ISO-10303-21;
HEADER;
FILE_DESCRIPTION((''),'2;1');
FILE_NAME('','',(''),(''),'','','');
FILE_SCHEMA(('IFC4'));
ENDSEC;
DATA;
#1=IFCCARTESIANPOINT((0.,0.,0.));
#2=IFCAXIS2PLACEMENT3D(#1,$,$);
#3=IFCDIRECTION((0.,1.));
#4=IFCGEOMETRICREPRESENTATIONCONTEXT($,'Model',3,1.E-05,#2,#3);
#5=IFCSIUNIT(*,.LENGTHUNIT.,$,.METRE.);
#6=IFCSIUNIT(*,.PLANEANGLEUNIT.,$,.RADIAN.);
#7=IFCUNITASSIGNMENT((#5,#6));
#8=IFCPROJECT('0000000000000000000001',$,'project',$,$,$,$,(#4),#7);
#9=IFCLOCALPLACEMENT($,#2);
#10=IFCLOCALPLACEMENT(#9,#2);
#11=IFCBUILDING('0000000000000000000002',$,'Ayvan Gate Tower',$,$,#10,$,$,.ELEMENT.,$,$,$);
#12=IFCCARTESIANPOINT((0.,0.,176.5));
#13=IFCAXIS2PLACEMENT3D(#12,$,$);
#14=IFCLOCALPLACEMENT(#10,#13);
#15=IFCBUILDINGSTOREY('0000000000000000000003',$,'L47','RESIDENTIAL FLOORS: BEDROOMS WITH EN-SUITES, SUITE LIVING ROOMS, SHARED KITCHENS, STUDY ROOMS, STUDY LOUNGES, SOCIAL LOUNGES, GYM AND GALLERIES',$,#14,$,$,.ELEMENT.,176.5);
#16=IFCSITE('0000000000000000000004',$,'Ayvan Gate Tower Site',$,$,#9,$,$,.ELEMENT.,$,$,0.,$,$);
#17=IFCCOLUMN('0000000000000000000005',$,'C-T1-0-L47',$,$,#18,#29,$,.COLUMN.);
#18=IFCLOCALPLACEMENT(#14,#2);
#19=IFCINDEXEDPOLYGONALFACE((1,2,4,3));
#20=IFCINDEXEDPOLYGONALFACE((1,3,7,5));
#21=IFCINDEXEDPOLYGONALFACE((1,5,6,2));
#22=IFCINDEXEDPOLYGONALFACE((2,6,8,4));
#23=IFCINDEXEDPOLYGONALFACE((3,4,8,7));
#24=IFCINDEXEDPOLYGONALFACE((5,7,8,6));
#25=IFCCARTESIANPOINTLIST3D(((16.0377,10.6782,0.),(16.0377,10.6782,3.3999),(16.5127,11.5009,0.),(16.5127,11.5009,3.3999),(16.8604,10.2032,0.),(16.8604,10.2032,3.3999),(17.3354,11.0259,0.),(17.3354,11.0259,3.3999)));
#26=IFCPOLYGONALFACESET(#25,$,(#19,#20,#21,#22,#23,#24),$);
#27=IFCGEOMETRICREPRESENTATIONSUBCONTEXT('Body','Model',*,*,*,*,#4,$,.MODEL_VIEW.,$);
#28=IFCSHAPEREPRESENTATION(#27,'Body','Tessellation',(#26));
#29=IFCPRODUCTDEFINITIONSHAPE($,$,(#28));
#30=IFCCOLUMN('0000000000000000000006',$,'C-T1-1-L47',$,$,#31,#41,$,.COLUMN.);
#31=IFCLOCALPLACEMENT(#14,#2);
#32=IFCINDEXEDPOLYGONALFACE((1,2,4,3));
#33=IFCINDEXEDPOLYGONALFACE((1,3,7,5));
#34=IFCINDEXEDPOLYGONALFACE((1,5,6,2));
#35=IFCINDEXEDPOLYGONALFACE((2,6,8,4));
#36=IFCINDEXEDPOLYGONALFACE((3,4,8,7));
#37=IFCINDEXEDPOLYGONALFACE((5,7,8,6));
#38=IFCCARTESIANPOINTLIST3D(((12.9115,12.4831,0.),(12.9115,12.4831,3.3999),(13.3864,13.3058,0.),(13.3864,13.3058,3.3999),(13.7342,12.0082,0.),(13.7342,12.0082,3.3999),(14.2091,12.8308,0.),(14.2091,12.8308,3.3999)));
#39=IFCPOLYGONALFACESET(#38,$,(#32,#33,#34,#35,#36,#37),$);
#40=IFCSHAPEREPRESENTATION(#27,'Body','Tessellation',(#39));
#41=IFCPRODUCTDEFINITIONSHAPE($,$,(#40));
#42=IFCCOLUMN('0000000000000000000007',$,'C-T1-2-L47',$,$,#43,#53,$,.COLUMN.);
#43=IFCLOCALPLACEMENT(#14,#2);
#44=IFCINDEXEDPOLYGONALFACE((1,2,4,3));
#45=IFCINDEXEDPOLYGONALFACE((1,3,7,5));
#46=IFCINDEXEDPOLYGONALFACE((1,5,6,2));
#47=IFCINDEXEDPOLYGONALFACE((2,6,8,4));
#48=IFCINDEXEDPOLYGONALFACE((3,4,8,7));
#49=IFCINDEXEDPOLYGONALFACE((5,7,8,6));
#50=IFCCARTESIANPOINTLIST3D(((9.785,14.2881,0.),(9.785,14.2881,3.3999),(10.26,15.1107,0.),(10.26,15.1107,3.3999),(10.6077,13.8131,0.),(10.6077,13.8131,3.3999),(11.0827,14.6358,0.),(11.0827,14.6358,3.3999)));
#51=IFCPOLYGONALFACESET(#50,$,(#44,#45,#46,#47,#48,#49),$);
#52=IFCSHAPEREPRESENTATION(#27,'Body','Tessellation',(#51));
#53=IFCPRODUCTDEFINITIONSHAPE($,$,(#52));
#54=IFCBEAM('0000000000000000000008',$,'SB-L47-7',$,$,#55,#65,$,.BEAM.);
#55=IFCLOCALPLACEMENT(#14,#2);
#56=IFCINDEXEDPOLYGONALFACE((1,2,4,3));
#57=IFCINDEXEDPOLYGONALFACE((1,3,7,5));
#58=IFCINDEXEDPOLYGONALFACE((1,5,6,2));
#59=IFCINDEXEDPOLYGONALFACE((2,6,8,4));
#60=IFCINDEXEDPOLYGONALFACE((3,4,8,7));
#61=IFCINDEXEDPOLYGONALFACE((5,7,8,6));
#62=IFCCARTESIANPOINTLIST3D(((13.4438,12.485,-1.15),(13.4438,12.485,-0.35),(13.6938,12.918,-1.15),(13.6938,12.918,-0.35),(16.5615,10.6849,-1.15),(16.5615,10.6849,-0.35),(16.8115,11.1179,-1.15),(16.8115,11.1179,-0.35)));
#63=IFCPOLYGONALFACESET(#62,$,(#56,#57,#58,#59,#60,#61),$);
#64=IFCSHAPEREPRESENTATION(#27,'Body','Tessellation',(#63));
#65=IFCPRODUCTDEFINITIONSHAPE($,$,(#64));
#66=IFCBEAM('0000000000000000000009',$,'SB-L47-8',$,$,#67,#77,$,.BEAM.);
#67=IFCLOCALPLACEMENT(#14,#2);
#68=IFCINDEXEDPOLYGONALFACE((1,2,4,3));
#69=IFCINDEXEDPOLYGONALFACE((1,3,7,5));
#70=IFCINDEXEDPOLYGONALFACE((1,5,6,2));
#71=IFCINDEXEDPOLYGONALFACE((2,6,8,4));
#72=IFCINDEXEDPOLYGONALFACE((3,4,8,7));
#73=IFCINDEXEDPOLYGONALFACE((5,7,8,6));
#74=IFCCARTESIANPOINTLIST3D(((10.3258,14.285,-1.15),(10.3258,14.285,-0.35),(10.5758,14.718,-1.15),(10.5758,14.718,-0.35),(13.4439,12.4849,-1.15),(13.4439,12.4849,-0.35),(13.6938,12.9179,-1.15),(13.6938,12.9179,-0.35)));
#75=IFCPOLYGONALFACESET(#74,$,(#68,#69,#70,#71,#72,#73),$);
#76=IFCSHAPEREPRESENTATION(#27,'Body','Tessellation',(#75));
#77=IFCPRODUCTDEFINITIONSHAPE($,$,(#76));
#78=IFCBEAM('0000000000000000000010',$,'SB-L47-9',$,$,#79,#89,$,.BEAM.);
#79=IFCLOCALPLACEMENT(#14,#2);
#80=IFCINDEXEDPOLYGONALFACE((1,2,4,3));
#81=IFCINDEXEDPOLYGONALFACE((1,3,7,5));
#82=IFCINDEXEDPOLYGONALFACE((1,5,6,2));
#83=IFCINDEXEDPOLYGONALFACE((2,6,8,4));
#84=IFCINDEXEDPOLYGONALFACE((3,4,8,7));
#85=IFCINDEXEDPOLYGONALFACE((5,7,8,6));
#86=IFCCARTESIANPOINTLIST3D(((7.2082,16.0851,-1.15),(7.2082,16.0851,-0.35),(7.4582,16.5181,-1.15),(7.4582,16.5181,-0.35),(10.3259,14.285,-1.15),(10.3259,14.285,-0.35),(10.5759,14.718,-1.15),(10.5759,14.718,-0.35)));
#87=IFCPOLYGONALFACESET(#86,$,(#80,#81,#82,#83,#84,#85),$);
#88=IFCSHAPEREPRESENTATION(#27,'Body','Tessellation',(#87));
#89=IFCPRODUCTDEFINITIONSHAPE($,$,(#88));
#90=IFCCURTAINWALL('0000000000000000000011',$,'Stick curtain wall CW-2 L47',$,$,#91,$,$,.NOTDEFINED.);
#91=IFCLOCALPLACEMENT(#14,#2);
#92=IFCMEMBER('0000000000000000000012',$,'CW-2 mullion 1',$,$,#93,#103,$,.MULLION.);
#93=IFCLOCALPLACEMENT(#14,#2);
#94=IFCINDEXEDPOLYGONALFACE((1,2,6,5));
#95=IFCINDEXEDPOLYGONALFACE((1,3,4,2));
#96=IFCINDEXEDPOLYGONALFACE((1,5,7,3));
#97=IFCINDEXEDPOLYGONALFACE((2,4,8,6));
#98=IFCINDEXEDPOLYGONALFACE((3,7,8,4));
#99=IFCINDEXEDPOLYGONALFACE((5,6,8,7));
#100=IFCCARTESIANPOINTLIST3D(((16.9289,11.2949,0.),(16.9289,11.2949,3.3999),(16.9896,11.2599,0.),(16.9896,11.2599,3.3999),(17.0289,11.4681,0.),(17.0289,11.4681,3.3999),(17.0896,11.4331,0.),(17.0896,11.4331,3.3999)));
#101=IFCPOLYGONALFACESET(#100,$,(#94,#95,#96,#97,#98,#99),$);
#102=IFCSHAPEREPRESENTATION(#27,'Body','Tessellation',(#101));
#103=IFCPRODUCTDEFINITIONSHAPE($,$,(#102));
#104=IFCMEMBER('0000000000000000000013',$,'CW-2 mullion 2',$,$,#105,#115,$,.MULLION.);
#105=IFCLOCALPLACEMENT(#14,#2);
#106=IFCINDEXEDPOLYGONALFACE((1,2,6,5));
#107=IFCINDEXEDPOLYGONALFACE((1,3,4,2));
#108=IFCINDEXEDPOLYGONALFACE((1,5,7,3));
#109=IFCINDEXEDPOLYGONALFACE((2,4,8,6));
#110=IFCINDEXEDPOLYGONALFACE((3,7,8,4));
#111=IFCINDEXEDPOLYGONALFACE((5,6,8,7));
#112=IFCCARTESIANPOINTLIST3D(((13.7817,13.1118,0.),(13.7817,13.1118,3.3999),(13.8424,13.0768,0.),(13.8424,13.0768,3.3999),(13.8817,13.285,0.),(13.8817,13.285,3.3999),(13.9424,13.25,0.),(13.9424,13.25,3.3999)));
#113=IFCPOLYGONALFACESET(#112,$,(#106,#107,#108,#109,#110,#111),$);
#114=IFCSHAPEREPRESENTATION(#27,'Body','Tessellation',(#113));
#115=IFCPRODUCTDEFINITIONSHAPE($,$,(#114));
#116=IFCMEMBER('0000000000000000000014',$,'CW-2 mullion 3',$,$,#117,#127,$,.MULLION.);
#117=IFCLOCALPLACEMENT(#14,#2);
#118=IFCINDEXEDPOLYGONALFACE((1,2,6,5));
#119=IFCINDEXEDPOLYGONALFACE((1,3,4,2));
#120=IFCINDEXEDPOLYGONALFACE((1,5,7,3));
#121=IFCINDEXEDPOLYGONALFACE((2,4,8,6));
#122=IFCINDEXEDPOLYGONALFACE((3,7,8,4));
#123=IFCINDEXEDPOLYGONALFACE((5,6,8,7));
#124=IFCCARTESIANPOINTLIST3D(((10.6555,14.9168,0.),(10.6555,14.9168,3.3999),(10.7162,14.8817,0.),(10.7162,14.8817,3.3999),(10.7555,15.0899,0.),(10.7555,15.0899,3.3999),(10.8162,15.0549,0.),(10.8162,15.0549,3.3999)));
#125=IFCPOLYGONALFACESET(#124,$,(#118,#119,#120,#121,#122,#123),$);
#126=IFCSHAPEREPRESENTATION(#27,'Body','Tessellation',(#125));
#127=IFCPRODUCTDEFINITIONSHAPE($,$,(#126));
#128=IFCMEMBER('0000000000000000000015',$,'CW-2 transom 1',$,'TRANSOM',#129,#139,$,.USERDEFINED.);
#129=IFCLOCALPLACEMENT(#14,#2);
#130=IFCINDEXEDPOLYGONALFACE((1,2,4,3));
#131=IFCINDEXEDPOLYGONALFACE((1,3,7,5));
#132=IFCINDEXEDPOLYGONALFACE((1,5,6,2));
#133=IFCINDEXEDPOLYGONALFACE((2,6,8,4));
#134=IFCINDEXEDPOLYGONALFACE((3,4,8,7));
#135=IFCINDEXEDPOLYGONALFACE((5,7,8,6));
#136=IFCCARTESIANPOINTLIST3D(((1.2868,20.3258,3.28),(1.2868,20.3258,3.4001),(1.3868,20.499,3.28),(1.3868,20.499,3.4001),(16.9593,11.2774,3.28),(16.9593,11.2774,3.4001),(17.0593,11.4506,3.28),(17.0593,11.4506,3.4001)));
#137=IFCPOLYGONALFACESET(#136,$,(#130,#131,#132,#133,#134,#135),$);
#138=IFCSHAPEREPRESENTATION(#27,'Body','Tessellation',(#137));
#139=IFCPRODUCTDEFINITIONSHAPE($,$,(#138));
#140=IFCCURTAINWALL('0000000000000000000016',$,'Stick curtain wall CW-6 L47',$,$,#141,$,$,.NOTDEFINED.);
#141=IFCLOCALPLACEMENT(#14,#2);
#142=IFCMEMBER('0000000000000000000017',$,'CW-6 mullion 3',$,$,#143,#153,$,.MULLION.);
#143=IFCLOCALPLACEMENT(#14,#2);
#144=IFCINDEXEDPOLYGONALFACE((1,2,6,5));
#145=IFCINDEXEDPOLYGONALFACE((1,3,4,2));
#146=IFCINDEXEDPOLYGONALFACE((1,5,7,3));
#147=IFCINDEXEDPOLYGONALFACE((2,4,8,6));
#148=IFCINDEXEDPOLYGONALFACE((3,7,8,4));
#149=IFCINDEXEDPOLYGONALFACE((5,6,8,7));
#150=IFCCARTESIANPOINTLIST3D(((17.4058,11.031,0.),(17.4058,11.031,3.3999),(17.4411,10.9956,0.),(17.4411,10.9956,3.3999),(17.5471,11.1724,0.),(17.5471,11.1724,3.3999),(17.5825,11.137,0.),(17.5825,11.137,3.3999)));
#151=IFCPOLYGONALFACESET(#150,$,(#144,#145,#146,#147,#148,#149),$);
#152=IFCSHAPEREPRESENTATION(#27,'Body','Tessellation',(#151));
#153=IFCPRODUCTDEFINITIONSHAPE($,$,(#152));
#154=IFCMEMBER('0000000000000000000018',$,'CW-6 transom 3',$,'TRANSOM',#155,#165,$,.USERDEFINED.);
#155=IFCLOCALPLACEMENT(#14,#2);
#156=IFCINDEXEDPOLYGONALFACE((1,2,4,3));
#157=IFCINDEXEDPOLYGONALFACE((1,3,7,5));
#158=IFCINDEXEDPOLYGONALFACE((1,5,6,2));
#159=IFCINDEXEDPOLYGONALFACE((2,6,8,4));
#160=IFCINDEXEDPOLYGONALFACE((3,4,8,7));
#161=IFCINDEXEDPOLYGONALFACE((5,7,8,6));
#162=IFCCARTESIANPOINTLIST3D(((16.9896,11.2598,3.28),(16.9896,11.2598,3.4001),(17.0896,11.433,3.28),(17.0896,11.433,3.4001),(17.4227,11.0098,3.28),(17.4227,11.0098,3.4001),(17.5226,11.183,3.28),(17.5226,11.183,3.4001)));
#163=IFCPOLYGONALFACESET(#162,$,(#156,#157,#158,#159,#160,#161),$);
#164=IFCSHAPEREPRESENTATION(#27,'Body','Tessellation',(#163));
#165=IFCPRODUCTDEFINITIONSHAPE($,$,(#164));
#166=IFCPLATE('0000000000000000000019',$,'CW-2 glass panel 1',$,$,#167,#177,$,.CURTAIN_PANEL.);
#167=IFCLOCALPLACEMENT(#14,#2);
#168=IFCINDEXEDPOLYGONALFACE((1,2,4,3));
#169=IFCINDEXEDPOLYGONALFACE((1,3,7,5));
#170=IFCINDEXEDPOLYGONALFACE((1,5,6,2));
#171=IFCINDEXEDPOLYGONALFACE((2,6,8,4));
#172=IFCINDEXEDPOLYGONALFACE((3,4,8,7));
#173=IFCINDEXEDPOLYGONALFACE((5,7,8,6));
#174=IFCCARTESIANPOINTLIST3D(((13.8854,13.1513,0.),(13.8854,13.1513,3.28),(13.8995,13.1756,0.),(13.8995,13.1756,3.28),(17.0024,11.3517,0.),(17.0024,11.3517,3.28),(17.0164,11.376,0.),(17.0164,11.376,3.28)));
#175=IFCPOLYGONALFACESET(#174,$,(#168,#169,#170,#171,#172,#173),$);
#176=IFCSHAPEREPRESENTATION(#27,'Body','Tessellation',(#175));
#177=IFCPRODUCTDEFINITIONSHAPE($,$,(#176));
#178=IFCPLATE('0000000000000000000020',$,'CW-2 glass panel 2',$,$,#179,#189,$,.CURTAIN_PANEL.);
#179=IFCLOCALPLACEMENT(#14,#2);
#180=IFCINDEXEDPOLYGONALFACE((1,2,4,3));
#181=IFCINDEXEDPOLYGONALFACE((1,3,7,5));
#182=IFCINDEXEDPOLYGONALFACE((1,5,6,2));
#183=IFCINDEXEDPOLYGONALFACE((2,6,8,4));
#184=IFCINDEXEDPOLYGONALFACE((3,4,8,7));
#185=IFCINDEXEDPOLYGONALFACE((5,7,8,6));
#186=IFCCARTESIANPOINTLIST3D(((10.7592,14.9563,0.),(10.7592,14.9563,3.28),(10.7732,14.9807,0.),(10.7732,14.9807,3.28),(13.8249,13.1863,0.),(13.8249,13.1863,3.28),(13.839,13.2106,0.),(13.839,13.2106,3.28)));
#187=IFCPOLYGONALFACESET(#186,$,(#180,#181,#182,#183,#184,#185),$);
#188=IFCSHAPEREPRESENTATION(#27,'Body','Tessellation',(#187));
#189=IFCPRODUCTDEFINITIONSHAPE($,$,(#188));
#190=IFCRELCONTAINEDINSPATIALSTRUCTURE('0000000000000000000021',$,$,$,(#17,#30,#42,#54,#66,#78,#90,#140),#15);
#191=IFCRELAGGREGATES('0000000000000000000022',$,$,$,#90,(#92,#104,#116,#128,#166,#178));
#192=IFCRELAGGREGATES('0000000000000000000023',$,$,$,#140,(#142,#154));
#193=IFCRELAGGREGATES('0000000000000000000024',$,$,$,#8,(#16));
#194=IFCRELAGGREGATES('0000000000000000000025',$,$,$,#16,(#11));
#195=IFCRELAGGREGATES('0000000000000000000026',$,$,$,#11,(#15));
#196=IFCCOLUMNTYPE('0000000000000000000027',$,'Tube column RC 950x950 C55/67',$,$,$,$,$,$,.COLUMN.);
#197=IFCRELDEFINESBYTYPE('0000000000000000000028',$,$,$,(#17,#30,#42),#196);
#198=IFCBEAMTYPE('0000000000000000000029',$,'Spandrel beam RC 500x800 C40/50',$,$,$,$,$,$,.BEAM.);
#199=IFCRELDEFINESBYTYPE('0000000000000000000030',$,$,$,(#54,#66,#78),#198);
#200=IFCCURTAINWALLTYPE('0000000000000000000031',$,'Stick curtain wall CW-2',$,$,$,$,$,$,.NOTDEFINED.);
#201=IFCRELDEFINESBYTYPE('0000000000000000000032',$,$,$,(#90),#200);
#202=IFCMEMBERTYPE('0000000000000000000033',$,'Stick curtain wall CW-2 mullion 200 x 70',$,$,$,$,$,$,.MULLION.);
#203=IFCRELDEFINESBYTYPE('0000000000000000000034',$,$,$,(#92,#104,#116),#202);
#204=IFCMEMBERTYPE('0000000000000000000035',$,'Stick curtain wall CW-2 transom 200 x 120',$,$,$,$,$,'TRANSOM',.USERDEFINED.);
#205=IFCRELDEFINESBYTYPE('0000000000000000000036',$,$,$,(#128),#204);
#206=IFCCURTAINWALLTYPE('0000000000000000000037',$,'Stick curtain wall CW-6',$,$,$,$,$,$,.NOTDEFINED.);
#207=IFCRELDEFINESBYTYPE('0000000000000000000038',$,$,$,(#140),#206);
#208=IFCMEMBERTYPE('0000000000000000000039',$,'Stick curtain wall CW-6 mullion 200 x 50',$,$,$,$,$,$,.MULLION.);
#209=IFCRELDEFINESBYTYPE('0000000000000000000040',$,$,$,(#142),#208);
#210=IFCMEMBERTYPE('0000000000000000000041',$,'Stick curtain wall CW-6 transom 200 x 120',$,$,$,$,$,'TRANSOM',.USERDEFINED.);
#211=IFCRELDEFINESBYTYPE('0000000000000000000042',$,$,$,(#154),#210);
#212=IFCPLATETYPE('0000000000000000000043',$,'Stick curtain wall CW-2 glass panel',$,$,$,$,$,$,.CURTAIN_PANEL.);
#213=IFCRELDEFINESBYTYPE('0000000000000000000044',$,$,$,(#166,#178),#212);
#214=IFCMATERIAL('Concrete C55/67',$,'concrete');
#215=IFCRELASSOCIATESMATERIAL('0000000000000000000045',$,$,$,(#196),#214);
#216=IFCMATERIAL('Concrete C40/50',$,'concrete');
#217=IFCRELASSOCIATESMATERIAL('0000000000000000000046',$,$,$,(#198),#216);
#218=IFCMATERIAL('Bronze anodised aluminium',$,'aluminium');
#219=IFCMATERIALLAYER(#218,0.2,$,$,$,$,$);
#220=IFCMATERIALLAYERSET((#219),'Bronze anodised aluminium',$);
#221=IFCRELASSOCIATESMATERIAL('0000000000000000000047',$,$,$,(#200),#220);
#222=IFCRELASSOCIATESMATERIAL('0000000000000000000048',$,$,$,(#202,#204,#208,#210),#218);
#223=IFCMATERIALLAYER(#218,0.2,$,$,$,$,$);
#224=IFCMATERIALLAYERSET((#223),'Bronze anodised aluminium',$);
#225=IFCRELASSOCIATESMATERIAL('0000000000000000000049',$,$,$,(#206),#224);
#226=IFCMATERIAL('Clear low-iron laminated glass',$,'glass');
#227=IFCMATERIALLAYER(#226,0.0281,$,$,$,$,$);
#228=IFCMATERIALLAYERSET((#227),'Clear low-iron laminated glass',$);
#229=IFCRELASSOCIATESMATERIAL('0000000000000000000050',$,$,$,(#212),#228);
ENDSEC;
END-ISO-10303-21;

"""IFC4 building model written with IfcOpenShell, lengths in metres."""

from ifc_helpers import new_model, si_unit, direction, frame, origin, origin_2d, place, context, subcontext, project, spatial, rectangle, extrude, material, layer, layer_set, material_profile, profile_set, type_object, element, aggregate, save


model = new_model("IFC4")

# Units and contexts
model_context = context("Model", 3, precision=1e-05, world=origin(), true_north=direction((0.0, 1.0)))
body_context = subcontext(model_context, "Body", "Model", "MODEL_VIEW")
ifc_project = project(units=[si_unit("LENGTHUNIT", "METRE"), si_unit("PLANEANGLEUNIT", "RADIAN")], contexts=[model_context])

# Site, building, storey
site_placement = place(None, origin())
site = spatial("IfcSite", under=ifc_project, at=site_placement, Name="Ayvan Gate Tower Site", CompositionType="ELEMENT", RefElevation=0.0)
building_placement = place(site_placement, origin())
building = spatial("IfcBuilding", under=site, at=building_placement, Name="Ayvan Gate Tower", CompositionType="ELEMENT")
storey_placement = place(building_placement, frame((0.0, 0.0, 176.5)))
storey = spatial("IfcBuildingStorey", under=building, at=storey_placement, Name="L47", Description="RESIDENTIAL FLOORS: BEDROOMS WITH EN-SUITES, SUITE LIVING ROOMS, SHARED KITCHENS, STUDY ROOMS, STUDY LOUNGES, SOCIAL LOUNGES, GYM AND GALLERIES", CompositionType="ELEMENT", Elevation=176.5)

# Columns
ifc_material_1 = material(Name="Concrete C55/67", Category="concrete")
ifc_material_profile_1 = material_profile(ifc_material_1, rectangle(XDim=0.95, YDim=0.95, at=origin_2d()), Name="RC 950x950")
ifc_profile_set_1 = profile_set([ifc_material_profile_1], Name="Concrete C55/67")
column_type = type_object("IfcColumnType", Name="Tube column RC 950x950 C55/67", PredefinedType="COLUMN", material=ifc_profile_set_1)
for number, where, z_axis, x_axis, name in (
    (1, (16.6865, 10.8521, 0.0), (0.0, 0.0, 1.0), (0.5, 0.866025, 0.0), "C-T1-0-L47"),
    (2, (13.5603, 12.657, 0.0), (0.0, 0.0, 1.0), (0.5, 0.866025, 0.0), "C-T1-1-L47"),
    (3, (10.4338, 14.4619, 0.0), (0.0, 0.0, 1.0), (0.5, 0.866025, 0.0), "C-T1-2-L47"),
):
    element("IfcColumn", number, at=place(storey_placement, frame(where, z_axis=z_axis, x_axis=x_axis)), inside=storey, type_object=column_type, Name=name, PredefinedType="COLUMN", context=body_context, shape_type="SweptSolid", body=[
        extrude(rectangle(XDim=0.95, YDim=0.95, at=origin_2d()), origin(), (0.0, 0.0, 1.0), 3.3999),
    ])

# Beams
ifc_material_2 = material(Name="Concrete C40/50", Category="concrete")
ifc_material_profile_2 = material_profile(ifc_material_2, rectangle(XDim=0.5, YDim=0.8, at=origin_2d()), Name="RC 500x800")
ifc_profile_set_2 = profile_set([ifc_material_profile_2], Name="Concrete C40/50")
beam_type = type_object("IfcBeamType", Name="Spandrel beam RC 500x800 C40/50", PredefinedType="BEAM", material=ifc_profile_set_2)
beam_1_placement = place(storey_placement, frame((16.6865, 10.9014, -0.75), z_axis=(-0.866018, 0.500012, 0.0), x_axis=(-0.500012, -0.866018, 0.0)))
element("IfcBeam", 4, at=beam_1_placement, inside=storey, type_object=beam_type, Name="SB-L47-7", PredefinedType="BEAM", context=body_context, shape_type="SweptSolid", body=[
    extrude(rectangle(XDim=0.5, YDim=0.8, at=origin_2d()), origin(), (0.0, 0.0, 1.0), 3.6001),
])
beam_2_placement = place(storey_placement, frame((13.5688, 12.7014, -0.75), z_axis=(-0.866035, 0.499983, 0.0), x_axis=(-0.499983, -0.866035, 0.0)))
element("IfcBeam", 5, at=beam_2_placement, inside=storey, type_object=beam_type, Name="SB-L47-8", PredefinedType="BEAM", context=body_context, shape_type="SweptSolid", body=[
    extrude(rectangle(XDim=0.5, YDim=0.8, at=origin_2d()), origin(), (0.0, 0.0, 1.0), 3.6003),
])
beam_3_placement = place(storey_placement, frame((10.4509, 14.5015, -0.75), z_axis=(-0.866018, 0.500012, 0.0), x_axis=(-0.500012, -0.866018, 0.0)))
element("IfcBeam", 6, at=beam_3_placement, inside=storey, type_object=beam_type, Name="SB-L47-9", PredefinedType="BEAM", context=body_context, shape_type="SweptSolid", body=[
    extrude(rectangle(XDim=0.5, YDim=0.8, at=origin_2d()), origin(), (0.0, 0.0, 1.0), 3.6001),
])

# Curtain walls, members
ifc_material_3 = material(Name="Bronze anodised aluminium", Category="aluminium")
ifc_layer_1 = layer(ifc_material_3, 0.2)
ifc_layer_set_1 = layer_set([ifc_layer_1], Name="Bronze anodised aluminium")
curtain_wall_type_1 = type_object("IfcCurtainWallType", Name="Stick curtain wall CW-2", PredefinedType="NOTDEFINED", material=ifc_layer_set_1)
curtain_wall_1_placement = place(storey_placement, origin())
curtain_wall_1 = element("IfcCurtainWall", 7, at=curtain_wall_1_placement, inside=storey, type_object=curtain_wall_type_1, Name="Stick curtain wall CW-2 L47", PredefinedType="NOTDEFINED")
ifc_material_profile_3 = material_profile(ifc_material_3, rectangle(XDim=0.2, YDim=0.0701, at=origin_2d()), Name="Stick curtain wall CW-2 mullion 200 x 70")
ifc_profile_set_3 = profile_set([ifc_material_profile_3], Name="Bronze anodised aluminium")
member_type_1 = type_object("IfcMemberType", Name="Stick curtain wall CW-2 mullion 200 x 70", PredefinedType="MULLION", material=ifc_profile_set_3)
member_1_placement = place(storey_placement, frame((17.0093, 11.364, 0.0), z_axis=(0.0, 0.0, 1.0), x_axis=(0.5, 0.866025, 0.0)))
member_1 = element("IfcMember", 8, at=member_1_placement, type_object=member_type_1, Name="CW-2 mullion 1", PredefinedType="MULLION", context=body_context, shape_type="SweptSolid", body=[
    extrude(rectangle(XDim=0.2, YDim=0.0701, at=origin_2d()), origin(), (0.0, 0.0, 1.0), 3.3999),
])
member_2_placement = place(storey_placement, frame((13.8621, 13.1809, 0.0), z_axis=(0.0, 0.0, 1.0), x_axis=(0.5, 0.866025, 0.0)))
member_2 = element("IfcMember", 9, at=member_2_placement, type_object=member_type_1, Name="CW-2 mullion 2", PredefinedType="MULLION", context=body_context, shape_type="SweptSolid", body=[
    extrude(rectangle(XDim=0.2, YDim=0.0701, at=origin_2d()), origin(), (0.0, 0.0, 1.0), 3.3999),
])
member_3_placement = place(storey_placement, frame((10.7358, 14.9858, 0.0), z_axis=(0.0, 0.0, 1.0), x_axis=(0.5, 0.866025, 0.0)))
member_3 = element("IfcMember", 10, at=member_3_placement, type_object=member_type_1, Name="CW-2 mullion 3", PredefinedType="MULLION", context=body_context, shape_type="SweptSolid", body=[
    extrude(rectangle(XDim=0.2, YDim=0.0701, at=origin_2d()), origin(), (0.0, 0.0, 1.0), 3.3999),
])
ifc_material_profile_4 = material_profile(ifc_material_3, rectangle(XDim=0.2, YDim=0.1201, at=origin_2d()), Name="Stick curtain wall CW-2 transom 200 x 120")
ifc_profile_set_4 = profile_set([ifc_material_profile_4], Name="Bronze anodised aluminium")
member_type_2 = type_object("IfcMemberType", Name="Stick curtain wall CW-2 transom 200 x 120", ElementType="TRANSOM", PredefinedType="USERDEFINED", material=ifc_profile_set_4)
member_4_placement = place(storey_placement, frame((17.0093, 11.364, 3.3401), z_axis=(-0.866028, 0.499996, 0.0), x_axis=(-0.499996, -0.866028, 0.0)))
member_4 = element("IfcMember", 11, at=member_4_placement, type_object=member_type_2, Name="CW-2 transom 1", ObjectType="TRANSOM", PredefinedType="USERDEFINED", context=body_context, shape_type="SweptSolid", body=[
    extrude(rectangle(XDim=0.2, YDim=0.1201, at=origin_2d()), origin(), (0.0, 0.0, 1.0), 18.0969),
])
ifc_layer_2 = layer(ifc_material_3, 0.2)
ifc_layer_set_2 = layer_set([ifc_layer_2], Name="Bronze anodised aluminium")
curtain_wall_type_2 = type_object("IfcCurtainWallType", Name="Stick curtain wall CW-6", PredefinedType="NOTDEFINED", material=ifc_layer_set_2)
curtain_wall_2_placement = place(storey_placement, origin())
curtain_wall_2 = element("IfcCurtainWall", 12, at=curtain_wall_2_placement, inside=storey, type_object=curtain_wall_type_2, Name="Stick curtain wall CW-6 L47", PredefinedType="NOTDEFINED")
ifc_material_profile_5 = material_profile(ifc_material_3, rectangle(XDim=0.2, YDim=0.05, at=origin_2d()), Name="Stick curtain wall CW-6 mullion 200 x 50")
ifc_profile_set_5 = profile_set([ifc_material_profile_5], Name="Bronze anodised aluminium")
member_type_3 = type_object("IfcMemberType", Name="Stick curtain wall CW-6 mullion 200 x 50", PredefinedType="MULLION", material=ifc_profile_set_5)
member_5_placement = place(storey_placement, frame((17.4941, 11.084, 0.0), z_axis=(0.0, 0.0, 1.0), x_axis=(0.707107, 0.707107, 0.0)))
member_5 = element("IfcMember", 13, at=member_5_placement, type_object=member_type_3, Name="CW-6 mullion 3", PredefinedType="MULLION", context=body_context, shape_type="SweptSolid", body=[
    extrude(rectangle(XDim=0.2, YDim=0.05, at=origin_2d()), origin(), (0.0, 0.0, 1.0), 3.3999),
])
ifc_material_profile_6 = material_profile(ifc_material_3, rectangle(XDim=0.2, YDim=0.1201, at=origin_2d()), Name="Stick curtain wall CW-6 transom 200 x 120")
ifc_profile_set_6 = profile_set([ifc_material_profile_6], Name="Bronze anodised aluminium")
member_type_4 = type_object("IfcMemberType", Name="Stick curtain wall CW-6 transom 200 x 120", ElementType="TRANSOM", PredefinedType="USERDEFINED", material=ifc_profile_set_6)
member_6_placement = place(storey_placement, frame((17.4727, 11.0964, 3.3401), z_axis=(-0.866072, 0.49992, 0.0), x_axis=(-0.49992, -0.866072, 0.0)))
member_6 = element("IfcMember", 14, at=member_6_placement, type_object=member_type_4, Name="CW-6 transom 3", ObjectType="TRANSOM", PredefinedType="USERDEFINED", context=body_context, shape_type="SweptSolid", body=[
    extrude(rectangle(XDim=0.2, YDim=0.1201, at=origin_2d()), origin(), (0.0, 0.0, 1.0), 0.5),
])

# Plates
ifc_material_4 = material(Name="Clear low-iron laminated glass", Category="glass")
ifc_layer_3 = layer(ifc_material_4, 0.0281)
ifc_layer_set_3 = layer_set([ifc_layer_3], Name="Clear low-iron laminated glass")
plate_type_1 = type_object("IfcPlateType", Name="Stick curtain wall CW-2 glass panel", PredefinedType="CURTAIN_PANEL", material=ifc_layer_set_3)
plate_1_placement = place(storey_placement, frame((15.4509, 12.2637, 0.0), z_axis=(0.0, 0.0, 1.0), x_axis=(-0.866025, 0.5, 0.0)))
plate_1 = element("IfcPlate", 15, at=plate_1_placement, type_object=plate_type_1, Name="CW-2 glass panel 1", PredefinedType="CURTAIN_PANEL", context=body_context, shape_type="SweptSolid", body=[
    extrude(rectangle(XDim=3.5991, YDim=0.0281, at=origin_2d()), origin(), (0.0, 0.0, 1.0), 3.28),
])
plate_2_placement = place(storey_placement, frame((12.2991, 14.0835, 0.0), z_axis=(0.0, 0.0, 1.0), x_axis=(-0.866025, 0.5, 0.0)))
plate_2 = element("IfcPlate", 16, at=plate_2_placement, type_object=plate_type_1, Name="CW-2 glass panel 2", PredefinedType="CURTAIN_PANEL", context=body_context, shape_type="SweptSolid", body=[
    extrude(rectangle(XDim=3.54, YDim=0.0281, at=origin_2d()), origin(), (0.0, 0.0, 1.0), 3.28),
])
aggregate(curtain_wall_1, [member_1, member_2, member_3, member_4, plate_1, plate_2])
aggregate(curtain_wall_2, [member_5, member_6])

save(model, "model.ifc")
